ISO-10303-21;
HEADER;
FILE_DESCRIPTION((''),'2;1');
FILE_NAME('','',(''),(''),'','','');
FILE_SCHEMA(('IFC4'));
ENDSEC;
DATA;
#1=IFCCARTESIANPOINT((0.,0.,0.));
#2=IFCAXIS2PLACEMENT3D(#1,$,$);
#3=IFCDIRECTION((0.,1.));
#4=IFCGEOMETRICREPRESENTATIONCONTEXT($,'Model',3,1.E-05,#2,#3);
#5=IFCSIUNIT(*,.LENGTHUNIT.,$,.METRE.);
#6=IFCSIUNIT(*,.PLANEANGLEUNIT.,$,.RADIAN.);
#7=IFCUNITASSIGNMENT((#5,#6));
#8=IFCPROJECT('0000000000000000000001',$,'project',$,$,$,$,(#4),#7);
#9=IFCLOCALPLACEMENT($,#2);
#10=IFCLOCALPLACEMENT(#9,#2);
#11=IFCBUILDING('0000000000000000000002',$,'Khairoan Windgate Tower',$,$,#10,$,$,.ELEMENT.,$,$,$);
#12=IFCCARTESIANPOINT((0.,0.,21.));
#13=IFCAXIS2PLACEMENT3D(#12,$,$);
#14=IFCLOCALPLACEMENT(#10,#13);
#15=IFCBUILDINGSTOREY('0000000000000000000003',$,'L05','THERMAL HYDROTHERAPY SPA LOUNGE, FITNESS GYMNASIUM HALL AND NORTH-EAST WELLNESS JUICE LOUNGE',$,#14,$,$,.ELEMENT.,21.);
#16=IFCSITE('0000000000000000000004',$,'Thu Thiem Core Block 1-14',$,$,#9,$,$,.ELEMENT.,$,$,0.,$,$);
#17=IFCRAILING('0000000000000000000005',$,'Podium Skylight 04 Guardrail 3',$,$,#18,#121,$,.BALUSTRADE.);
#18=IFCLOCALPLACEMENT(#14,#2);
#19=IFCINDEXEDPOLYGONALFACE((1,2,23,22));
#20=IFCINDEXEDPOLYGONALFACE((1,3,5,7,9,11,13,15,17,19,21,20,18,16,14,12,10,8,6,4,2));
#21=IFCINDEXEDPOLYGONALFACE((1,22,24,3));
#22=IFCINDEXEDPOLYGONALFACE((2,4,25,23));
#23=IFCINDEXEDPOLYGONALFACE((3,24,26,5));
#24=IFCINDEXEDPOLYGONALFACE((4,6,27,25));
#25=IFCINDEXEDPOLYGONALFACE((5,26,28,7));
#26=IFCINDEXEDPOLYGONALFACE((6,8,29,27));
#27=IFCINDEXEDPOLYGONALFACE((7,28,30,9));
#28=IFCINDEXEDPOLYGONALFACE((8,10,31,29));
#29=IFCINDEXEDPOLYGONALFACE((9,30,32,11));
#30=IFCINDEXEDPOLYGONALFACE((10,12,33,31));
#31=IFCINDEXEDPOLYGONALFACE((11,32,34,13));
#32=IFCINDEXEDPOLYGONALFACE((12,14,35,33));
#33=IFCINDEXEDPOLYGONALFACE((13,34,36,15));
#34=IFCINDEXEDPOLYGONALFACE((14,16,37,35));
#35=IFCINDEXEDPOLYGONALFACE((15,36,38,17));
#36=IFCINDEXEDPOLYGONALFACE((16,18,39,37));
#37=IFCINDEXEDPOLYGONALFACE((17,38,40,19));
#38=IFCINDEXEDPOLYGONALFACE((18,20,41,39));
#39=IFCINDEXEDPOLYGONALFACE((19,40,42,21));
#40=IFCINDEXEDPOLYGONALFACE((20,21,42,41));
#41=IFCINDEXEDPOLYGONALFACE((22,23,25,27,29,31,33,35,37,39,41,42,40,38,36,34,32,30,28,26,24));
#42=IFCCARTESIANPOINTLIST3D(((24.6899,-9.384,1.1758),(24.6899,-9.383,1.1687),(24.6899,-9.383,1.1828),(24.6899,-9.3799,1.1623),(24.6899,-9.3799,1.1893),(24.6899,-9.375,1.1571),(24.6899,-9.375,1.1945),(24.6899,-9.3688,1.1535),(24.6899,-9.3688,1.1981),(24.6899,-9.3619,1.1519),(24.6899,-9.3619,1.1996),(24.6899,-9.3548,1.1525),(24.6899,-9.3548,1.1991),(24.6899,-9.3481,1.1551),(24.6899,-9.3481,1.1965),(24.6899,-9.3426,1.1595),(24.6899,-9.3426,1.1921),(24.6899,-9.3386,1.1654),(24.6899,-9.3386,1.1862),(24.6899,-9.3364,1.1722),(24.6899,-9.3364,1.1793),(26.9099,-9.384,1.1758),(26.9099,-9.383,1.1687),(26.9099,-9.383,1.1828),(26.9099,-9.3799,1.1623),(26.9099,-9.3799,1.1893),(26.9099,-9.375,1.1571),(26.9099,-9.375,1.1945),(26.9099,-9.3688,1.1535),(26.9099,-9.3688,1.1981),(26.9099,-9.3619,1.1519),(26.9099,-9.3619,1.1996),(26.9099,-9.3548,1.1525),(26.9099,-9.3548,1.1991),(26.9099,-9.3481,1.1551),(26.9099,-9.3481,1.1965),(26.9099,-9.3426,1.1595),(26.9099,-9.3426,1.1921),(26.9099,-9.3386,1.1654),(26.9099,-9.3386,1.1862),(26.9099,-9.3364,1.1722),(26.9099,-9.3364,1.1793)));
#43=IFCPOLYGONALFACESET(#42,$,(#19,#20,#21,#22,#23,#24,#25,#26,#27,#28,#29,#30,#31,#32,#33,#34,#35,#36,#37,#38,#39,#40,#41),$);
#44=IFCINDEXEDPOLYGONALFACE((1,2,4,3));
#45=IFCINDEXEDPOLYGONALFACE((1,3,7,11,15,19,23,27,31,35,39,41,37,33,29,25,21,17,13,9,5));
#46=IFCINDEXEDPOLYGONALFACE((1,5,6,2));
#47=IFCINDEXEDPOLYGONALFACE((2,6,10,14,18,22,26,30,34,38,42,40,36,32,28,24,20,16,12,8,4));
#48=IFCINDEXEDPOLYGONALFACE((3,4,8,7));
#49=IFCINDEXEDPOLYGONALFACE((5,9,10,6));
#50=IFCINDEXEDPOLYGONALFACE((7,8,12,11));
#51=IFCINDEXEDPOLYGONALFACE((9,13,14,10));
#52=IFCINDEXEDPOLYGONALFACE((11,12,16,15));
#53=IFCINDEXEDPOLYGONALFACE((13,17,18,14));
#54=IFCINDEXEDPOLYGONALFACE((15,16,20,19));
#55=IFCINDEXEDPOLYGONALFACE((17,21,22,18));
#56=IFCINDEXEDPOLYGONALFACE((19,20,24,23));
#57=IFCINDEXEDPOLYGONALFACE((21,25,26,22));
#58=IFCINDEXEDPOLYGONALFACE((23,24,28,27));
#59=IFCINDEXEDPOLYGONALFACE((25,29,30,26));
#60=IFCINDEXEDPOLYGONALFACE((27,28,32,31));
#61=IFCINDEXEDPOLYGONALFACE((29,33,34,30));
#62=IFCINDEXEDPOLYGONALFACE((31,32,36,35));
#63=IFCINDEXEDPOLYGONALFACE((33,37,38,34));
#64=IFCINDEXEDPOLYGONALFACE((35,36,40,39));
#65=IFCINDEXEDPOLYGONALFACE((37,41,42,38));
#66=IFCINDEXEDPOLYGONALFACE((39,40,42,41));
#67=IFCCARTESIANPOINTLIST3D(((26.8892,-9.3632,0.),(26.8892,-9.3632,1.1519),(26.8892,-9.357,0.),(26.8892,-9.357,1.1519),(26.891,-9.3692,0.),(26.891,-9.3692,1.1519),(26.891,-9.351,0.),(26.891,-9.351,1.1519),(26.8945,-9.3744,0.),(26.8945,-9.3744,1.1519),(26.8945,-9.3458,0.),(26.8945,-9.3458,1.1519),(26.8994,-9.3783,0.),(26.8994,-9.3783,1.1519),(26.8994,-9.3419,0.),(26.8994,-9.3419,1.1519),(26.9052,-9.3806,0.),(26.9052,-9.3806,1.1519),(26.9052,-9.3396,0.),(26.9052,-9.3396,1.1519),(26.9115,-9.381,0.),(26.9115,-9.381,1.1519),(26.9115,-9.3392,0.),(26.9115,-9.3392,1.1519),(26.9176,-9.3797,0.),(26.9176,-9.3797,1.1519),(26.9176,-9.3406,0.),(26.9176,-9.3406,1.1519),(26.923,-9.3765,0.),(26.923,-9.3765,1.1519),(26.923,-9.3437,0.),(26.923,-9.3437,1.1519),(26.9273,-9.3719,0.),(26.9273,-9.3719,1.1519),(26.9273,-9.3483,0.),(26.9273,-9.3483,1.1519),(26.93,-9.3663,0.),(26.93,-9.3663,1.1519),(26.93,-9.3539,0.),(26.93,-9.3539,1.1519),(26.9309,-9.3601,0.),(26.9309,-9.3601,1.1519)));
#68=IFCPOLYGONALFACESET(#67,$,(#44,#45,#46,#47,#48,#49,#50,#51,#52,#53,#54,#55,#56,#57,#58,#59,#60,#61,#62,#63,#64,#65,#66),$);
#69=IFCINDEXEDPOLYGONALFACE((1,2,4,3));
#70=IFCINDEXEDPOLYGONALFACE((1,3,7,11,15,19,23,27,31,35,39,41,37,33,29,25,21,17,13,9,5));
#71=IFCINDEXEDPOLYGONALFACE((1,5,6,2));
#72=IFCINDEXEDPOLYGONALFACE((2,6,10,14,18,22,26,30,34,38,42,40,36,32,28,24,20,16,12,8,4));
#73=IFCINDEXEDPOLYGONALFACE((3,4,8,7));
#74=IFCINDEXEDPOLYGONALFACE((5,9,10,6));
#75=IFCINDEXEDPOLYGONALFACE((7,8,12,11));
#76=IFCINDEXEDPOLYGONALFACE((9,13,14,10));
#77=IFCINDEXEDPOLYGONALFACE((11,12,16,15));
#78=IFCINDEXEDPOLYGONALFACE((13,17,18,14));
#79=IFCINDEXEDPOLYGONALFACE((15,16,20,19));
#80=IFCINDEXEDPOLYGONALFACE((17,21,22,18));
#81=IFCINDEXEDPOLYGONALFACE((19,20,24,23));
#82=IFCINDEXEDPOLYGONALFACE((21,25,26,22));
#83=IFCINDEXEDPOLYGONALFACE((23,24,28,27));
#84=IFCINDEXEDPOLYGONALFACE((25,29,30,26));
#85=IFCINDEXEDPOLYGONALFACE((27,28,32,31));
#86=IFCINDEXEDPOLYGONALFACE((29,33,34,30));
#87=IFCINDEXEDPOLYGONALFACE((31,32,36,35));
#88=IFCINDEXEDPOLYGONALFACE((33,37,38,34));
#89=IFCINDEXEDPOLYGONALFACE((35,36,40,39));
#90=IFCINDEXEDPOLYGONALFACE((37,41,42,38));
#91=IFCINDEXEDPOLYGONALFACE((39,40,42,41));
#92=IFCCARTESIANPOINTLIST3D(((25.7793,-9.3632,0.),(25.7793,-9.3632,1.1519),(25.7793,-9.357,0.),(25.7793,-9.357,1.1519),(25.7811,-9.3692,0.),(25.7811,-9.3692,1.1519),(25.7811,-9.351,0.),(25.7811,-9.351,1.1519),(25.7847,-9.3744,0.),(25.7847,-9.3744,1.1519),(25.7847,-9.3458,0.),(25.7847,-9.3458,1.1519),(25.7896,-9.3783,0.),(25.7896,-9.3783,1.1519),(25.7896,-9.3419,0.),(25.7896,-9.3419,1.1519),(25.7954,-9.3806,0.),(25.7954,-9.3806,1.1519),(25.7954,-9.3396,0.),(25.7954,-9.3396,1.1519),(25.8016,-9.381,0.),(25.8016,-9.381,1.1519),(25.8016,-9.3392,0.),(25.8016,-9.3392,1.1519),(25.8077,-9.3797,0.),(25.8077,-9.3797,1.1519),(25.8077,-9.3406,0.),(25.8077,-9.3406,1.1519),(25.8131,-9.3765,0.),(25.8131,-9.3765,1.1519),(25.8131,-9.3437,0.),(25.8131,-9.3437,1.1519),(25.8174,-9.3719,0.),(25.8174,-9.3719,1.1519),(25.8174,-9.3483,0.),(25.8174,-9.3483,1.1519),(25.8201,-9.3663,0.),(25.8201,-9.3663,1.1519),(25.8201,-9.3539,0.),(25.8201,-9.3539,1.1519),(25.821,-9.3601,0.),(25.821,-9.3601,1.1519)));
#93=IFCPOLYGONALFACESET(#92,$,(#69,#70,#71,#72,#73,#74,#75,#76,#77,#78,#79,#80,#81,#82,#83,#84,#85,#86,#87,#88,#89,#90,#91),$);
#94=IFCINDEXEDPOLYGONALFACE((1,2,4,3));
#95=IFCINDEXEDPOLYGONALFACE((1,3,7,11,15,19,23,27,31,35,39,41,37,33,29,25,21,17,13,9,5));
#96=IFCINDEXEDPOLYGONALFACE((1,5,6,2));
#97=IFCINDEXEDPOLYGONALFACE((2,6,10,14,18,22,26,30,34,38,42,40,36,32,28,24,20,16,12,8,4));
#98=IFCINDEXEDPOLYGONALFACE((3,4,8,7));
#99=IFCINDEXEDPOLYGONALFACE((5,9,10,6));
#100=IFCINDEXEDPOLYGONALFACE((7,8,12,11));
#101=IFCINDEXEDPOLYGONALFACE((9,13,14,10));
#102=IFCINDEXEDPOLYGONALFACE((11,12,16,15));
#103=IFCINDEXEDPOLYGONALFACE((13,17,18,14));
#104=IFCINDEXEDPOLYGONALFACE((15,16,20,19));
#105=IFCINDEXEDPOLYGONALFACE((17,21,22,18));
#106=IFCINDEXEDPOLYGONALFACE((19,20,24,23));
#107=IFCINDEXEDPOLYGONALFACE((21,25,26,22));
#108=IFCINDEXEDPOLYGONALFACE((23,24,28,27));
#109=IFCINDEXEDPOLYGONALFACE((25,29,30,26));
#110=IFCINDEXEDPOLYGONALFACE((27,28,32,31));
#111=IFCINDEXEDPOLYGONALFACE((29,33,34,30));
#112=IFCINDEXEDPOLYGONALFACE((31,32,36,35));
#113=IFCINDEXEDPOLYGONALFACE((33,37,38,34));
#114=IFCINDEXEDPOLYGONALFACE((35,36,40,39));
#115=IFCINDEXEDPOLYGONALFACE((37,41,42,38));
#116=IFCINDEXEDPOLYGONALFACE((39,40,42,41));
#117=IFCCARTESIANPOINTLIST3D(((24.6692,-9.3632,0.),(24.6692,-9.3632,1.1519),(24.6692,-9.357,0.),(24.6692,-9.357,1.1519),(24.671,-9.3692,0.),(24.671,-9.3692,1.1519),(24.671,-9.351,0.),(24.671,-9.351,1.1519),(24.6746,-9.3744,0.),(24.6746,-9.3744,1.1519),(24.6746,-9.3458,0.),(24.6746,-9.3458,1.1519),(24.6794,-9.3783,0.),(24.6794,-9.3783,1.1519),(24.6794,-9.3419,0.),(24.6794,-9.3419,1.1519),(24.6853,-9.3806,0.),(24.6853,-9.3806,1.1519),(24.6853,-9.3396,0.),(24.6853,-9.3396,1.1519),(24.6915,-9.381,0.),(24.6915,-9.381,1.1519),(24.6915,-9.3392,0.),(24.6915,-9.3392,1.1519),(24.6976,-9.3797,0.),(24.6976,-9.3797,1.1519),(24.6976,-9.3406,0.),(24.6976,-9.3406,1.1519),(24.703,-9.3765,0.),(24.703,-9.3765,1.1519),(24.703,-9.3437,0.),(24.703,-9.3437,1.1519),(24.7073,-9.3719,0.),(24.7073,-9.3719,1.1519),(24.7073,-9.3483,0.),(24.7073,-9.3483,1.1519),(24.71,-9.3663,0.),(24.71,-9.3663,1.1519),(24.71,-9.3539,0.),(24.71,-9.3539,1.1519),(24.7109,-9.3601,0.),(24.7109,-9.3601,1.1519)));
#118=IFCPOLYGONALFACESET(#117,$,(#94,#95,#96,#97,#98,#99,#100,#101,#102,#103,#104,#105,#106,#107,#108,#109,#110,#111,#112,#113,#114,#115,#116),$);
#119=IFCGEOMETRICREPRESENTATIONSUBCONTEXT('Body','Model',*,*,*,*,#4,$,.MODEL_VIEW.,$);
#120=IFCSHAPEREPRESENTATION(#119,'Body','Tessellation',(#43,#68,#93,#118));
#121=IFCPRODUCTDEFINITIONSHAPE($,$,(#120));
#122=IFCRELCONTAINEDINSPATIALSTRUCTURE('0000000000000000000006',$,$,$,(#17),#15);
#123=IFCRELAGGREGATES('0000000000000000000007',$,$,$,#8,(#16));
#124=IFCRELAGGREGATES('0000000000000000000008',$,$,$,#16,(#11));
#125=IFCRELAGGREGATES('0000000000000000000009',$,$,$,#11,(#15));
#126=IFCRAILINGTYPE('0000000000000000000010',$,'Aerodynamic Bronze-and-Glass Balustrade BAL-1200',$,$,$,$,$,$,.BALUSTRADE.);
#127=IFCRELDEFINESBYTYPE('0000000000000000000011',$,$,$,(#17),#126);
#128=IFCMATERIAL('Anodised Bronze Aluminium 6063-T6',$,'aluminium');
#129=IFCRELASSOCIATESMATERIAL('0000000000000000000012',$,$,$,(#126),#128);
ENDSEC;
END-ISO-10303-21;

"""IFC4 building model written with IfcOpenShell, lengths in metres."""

from ifc_helpers import new_model, si_unit, direction, frame, origin, origin_2d, place, context, subcontext, project, spatial, circle, extrude, material, type_object, element, save


model = new_model("IFC4")

# Units and contexts
model_context = context("Model", 3, precision=1e-05, world=origin(), true_north=direction((0.0, 1.0)))
body_context = subcontext(model_context, "Body", "Model", "MODEL_VIEW")
ifc_project = project(units=[si_unit("LENGTHUNIT", "METRE"), si_unit("PLANEANGLEUNIT", "RADIAN")], contexts=[model_context])

# Site, building, storey
site_placement = place(None, origin())
site = spatial("IfcSite", under=ifc_project, at=site_placement, Name="Thu Thiem Core Block 1-14", CompositionType="ELEMENT", RefElevation=0.0)
building_placement = place(site_placement, origin())
building = spatial("IfcBuilding", under=site, at=building_placement, Name="Khairoan Windgate Tower", CompositionType="ELEMENT")
storey_placement = place(building_placement, frame((0.0, 0.0, 21.0)))
storey = spatial("IfcBuildingStorey", under=building, at=storey_placement, Name="L05", Description="THERMAL HYDROTHERAPY SPA LOUNGE, FITNESS GYMNASIUM HALL AND NORTH-EAST WELLNESS JUICE LOUNGE", CompositionType="ELEMENT", Elevation=21.0)

# Railing
ifc_material_1 = material(Name="Anodised Bronze Aluminium 6063-T6", Category="aluminium")
railing_type_1 = type_object("IfcRailingType", Name="Aerodynamic Bronze-and-Glass Balustrade BAL-1200", PredefinedType="BALUSTRADE", material=ifc_material_1)
railing_1_placement = place(storey_placement, frame((26.9099, -9.3601, 0.0)))
element("IfcRailing", 1, at=railing_1_placement, inside=storey, type_object=railing_type_1, Name="Podium Skylight 04 Guardrail 3", PredefinedType="BALUSTRADE", context=body_context, shape_type="SweptSolid", body=[
    extrude(circle(Radius=0.0239, at=origin_2d()), frame((0.0, 0.0, 1.1758), z_axis=(-1.0, 0.0, 0.0), x_axis=(0.0, -1.0, 0.0)), (0.0, 0.0, 1.0), 2.22),
    extrude(circle(Radius=0.021, at=origin_2d()), origin(), (0.0, 0.0, 1.0), 1.1519),
    extrude(circle(Radius=0.021, at=origin_2d()), frame((-1.1099, 0.0, 0.0)), (0.0, 0.0, 1.0), 1.1519),
    extrude(circle(Radius=0.021, at=origin_2d()), frame((-2.22, 0.0, 0.0)), (0.0, 0.0, 1.0), 1.1519),
])

save(model, "model.ifc")
